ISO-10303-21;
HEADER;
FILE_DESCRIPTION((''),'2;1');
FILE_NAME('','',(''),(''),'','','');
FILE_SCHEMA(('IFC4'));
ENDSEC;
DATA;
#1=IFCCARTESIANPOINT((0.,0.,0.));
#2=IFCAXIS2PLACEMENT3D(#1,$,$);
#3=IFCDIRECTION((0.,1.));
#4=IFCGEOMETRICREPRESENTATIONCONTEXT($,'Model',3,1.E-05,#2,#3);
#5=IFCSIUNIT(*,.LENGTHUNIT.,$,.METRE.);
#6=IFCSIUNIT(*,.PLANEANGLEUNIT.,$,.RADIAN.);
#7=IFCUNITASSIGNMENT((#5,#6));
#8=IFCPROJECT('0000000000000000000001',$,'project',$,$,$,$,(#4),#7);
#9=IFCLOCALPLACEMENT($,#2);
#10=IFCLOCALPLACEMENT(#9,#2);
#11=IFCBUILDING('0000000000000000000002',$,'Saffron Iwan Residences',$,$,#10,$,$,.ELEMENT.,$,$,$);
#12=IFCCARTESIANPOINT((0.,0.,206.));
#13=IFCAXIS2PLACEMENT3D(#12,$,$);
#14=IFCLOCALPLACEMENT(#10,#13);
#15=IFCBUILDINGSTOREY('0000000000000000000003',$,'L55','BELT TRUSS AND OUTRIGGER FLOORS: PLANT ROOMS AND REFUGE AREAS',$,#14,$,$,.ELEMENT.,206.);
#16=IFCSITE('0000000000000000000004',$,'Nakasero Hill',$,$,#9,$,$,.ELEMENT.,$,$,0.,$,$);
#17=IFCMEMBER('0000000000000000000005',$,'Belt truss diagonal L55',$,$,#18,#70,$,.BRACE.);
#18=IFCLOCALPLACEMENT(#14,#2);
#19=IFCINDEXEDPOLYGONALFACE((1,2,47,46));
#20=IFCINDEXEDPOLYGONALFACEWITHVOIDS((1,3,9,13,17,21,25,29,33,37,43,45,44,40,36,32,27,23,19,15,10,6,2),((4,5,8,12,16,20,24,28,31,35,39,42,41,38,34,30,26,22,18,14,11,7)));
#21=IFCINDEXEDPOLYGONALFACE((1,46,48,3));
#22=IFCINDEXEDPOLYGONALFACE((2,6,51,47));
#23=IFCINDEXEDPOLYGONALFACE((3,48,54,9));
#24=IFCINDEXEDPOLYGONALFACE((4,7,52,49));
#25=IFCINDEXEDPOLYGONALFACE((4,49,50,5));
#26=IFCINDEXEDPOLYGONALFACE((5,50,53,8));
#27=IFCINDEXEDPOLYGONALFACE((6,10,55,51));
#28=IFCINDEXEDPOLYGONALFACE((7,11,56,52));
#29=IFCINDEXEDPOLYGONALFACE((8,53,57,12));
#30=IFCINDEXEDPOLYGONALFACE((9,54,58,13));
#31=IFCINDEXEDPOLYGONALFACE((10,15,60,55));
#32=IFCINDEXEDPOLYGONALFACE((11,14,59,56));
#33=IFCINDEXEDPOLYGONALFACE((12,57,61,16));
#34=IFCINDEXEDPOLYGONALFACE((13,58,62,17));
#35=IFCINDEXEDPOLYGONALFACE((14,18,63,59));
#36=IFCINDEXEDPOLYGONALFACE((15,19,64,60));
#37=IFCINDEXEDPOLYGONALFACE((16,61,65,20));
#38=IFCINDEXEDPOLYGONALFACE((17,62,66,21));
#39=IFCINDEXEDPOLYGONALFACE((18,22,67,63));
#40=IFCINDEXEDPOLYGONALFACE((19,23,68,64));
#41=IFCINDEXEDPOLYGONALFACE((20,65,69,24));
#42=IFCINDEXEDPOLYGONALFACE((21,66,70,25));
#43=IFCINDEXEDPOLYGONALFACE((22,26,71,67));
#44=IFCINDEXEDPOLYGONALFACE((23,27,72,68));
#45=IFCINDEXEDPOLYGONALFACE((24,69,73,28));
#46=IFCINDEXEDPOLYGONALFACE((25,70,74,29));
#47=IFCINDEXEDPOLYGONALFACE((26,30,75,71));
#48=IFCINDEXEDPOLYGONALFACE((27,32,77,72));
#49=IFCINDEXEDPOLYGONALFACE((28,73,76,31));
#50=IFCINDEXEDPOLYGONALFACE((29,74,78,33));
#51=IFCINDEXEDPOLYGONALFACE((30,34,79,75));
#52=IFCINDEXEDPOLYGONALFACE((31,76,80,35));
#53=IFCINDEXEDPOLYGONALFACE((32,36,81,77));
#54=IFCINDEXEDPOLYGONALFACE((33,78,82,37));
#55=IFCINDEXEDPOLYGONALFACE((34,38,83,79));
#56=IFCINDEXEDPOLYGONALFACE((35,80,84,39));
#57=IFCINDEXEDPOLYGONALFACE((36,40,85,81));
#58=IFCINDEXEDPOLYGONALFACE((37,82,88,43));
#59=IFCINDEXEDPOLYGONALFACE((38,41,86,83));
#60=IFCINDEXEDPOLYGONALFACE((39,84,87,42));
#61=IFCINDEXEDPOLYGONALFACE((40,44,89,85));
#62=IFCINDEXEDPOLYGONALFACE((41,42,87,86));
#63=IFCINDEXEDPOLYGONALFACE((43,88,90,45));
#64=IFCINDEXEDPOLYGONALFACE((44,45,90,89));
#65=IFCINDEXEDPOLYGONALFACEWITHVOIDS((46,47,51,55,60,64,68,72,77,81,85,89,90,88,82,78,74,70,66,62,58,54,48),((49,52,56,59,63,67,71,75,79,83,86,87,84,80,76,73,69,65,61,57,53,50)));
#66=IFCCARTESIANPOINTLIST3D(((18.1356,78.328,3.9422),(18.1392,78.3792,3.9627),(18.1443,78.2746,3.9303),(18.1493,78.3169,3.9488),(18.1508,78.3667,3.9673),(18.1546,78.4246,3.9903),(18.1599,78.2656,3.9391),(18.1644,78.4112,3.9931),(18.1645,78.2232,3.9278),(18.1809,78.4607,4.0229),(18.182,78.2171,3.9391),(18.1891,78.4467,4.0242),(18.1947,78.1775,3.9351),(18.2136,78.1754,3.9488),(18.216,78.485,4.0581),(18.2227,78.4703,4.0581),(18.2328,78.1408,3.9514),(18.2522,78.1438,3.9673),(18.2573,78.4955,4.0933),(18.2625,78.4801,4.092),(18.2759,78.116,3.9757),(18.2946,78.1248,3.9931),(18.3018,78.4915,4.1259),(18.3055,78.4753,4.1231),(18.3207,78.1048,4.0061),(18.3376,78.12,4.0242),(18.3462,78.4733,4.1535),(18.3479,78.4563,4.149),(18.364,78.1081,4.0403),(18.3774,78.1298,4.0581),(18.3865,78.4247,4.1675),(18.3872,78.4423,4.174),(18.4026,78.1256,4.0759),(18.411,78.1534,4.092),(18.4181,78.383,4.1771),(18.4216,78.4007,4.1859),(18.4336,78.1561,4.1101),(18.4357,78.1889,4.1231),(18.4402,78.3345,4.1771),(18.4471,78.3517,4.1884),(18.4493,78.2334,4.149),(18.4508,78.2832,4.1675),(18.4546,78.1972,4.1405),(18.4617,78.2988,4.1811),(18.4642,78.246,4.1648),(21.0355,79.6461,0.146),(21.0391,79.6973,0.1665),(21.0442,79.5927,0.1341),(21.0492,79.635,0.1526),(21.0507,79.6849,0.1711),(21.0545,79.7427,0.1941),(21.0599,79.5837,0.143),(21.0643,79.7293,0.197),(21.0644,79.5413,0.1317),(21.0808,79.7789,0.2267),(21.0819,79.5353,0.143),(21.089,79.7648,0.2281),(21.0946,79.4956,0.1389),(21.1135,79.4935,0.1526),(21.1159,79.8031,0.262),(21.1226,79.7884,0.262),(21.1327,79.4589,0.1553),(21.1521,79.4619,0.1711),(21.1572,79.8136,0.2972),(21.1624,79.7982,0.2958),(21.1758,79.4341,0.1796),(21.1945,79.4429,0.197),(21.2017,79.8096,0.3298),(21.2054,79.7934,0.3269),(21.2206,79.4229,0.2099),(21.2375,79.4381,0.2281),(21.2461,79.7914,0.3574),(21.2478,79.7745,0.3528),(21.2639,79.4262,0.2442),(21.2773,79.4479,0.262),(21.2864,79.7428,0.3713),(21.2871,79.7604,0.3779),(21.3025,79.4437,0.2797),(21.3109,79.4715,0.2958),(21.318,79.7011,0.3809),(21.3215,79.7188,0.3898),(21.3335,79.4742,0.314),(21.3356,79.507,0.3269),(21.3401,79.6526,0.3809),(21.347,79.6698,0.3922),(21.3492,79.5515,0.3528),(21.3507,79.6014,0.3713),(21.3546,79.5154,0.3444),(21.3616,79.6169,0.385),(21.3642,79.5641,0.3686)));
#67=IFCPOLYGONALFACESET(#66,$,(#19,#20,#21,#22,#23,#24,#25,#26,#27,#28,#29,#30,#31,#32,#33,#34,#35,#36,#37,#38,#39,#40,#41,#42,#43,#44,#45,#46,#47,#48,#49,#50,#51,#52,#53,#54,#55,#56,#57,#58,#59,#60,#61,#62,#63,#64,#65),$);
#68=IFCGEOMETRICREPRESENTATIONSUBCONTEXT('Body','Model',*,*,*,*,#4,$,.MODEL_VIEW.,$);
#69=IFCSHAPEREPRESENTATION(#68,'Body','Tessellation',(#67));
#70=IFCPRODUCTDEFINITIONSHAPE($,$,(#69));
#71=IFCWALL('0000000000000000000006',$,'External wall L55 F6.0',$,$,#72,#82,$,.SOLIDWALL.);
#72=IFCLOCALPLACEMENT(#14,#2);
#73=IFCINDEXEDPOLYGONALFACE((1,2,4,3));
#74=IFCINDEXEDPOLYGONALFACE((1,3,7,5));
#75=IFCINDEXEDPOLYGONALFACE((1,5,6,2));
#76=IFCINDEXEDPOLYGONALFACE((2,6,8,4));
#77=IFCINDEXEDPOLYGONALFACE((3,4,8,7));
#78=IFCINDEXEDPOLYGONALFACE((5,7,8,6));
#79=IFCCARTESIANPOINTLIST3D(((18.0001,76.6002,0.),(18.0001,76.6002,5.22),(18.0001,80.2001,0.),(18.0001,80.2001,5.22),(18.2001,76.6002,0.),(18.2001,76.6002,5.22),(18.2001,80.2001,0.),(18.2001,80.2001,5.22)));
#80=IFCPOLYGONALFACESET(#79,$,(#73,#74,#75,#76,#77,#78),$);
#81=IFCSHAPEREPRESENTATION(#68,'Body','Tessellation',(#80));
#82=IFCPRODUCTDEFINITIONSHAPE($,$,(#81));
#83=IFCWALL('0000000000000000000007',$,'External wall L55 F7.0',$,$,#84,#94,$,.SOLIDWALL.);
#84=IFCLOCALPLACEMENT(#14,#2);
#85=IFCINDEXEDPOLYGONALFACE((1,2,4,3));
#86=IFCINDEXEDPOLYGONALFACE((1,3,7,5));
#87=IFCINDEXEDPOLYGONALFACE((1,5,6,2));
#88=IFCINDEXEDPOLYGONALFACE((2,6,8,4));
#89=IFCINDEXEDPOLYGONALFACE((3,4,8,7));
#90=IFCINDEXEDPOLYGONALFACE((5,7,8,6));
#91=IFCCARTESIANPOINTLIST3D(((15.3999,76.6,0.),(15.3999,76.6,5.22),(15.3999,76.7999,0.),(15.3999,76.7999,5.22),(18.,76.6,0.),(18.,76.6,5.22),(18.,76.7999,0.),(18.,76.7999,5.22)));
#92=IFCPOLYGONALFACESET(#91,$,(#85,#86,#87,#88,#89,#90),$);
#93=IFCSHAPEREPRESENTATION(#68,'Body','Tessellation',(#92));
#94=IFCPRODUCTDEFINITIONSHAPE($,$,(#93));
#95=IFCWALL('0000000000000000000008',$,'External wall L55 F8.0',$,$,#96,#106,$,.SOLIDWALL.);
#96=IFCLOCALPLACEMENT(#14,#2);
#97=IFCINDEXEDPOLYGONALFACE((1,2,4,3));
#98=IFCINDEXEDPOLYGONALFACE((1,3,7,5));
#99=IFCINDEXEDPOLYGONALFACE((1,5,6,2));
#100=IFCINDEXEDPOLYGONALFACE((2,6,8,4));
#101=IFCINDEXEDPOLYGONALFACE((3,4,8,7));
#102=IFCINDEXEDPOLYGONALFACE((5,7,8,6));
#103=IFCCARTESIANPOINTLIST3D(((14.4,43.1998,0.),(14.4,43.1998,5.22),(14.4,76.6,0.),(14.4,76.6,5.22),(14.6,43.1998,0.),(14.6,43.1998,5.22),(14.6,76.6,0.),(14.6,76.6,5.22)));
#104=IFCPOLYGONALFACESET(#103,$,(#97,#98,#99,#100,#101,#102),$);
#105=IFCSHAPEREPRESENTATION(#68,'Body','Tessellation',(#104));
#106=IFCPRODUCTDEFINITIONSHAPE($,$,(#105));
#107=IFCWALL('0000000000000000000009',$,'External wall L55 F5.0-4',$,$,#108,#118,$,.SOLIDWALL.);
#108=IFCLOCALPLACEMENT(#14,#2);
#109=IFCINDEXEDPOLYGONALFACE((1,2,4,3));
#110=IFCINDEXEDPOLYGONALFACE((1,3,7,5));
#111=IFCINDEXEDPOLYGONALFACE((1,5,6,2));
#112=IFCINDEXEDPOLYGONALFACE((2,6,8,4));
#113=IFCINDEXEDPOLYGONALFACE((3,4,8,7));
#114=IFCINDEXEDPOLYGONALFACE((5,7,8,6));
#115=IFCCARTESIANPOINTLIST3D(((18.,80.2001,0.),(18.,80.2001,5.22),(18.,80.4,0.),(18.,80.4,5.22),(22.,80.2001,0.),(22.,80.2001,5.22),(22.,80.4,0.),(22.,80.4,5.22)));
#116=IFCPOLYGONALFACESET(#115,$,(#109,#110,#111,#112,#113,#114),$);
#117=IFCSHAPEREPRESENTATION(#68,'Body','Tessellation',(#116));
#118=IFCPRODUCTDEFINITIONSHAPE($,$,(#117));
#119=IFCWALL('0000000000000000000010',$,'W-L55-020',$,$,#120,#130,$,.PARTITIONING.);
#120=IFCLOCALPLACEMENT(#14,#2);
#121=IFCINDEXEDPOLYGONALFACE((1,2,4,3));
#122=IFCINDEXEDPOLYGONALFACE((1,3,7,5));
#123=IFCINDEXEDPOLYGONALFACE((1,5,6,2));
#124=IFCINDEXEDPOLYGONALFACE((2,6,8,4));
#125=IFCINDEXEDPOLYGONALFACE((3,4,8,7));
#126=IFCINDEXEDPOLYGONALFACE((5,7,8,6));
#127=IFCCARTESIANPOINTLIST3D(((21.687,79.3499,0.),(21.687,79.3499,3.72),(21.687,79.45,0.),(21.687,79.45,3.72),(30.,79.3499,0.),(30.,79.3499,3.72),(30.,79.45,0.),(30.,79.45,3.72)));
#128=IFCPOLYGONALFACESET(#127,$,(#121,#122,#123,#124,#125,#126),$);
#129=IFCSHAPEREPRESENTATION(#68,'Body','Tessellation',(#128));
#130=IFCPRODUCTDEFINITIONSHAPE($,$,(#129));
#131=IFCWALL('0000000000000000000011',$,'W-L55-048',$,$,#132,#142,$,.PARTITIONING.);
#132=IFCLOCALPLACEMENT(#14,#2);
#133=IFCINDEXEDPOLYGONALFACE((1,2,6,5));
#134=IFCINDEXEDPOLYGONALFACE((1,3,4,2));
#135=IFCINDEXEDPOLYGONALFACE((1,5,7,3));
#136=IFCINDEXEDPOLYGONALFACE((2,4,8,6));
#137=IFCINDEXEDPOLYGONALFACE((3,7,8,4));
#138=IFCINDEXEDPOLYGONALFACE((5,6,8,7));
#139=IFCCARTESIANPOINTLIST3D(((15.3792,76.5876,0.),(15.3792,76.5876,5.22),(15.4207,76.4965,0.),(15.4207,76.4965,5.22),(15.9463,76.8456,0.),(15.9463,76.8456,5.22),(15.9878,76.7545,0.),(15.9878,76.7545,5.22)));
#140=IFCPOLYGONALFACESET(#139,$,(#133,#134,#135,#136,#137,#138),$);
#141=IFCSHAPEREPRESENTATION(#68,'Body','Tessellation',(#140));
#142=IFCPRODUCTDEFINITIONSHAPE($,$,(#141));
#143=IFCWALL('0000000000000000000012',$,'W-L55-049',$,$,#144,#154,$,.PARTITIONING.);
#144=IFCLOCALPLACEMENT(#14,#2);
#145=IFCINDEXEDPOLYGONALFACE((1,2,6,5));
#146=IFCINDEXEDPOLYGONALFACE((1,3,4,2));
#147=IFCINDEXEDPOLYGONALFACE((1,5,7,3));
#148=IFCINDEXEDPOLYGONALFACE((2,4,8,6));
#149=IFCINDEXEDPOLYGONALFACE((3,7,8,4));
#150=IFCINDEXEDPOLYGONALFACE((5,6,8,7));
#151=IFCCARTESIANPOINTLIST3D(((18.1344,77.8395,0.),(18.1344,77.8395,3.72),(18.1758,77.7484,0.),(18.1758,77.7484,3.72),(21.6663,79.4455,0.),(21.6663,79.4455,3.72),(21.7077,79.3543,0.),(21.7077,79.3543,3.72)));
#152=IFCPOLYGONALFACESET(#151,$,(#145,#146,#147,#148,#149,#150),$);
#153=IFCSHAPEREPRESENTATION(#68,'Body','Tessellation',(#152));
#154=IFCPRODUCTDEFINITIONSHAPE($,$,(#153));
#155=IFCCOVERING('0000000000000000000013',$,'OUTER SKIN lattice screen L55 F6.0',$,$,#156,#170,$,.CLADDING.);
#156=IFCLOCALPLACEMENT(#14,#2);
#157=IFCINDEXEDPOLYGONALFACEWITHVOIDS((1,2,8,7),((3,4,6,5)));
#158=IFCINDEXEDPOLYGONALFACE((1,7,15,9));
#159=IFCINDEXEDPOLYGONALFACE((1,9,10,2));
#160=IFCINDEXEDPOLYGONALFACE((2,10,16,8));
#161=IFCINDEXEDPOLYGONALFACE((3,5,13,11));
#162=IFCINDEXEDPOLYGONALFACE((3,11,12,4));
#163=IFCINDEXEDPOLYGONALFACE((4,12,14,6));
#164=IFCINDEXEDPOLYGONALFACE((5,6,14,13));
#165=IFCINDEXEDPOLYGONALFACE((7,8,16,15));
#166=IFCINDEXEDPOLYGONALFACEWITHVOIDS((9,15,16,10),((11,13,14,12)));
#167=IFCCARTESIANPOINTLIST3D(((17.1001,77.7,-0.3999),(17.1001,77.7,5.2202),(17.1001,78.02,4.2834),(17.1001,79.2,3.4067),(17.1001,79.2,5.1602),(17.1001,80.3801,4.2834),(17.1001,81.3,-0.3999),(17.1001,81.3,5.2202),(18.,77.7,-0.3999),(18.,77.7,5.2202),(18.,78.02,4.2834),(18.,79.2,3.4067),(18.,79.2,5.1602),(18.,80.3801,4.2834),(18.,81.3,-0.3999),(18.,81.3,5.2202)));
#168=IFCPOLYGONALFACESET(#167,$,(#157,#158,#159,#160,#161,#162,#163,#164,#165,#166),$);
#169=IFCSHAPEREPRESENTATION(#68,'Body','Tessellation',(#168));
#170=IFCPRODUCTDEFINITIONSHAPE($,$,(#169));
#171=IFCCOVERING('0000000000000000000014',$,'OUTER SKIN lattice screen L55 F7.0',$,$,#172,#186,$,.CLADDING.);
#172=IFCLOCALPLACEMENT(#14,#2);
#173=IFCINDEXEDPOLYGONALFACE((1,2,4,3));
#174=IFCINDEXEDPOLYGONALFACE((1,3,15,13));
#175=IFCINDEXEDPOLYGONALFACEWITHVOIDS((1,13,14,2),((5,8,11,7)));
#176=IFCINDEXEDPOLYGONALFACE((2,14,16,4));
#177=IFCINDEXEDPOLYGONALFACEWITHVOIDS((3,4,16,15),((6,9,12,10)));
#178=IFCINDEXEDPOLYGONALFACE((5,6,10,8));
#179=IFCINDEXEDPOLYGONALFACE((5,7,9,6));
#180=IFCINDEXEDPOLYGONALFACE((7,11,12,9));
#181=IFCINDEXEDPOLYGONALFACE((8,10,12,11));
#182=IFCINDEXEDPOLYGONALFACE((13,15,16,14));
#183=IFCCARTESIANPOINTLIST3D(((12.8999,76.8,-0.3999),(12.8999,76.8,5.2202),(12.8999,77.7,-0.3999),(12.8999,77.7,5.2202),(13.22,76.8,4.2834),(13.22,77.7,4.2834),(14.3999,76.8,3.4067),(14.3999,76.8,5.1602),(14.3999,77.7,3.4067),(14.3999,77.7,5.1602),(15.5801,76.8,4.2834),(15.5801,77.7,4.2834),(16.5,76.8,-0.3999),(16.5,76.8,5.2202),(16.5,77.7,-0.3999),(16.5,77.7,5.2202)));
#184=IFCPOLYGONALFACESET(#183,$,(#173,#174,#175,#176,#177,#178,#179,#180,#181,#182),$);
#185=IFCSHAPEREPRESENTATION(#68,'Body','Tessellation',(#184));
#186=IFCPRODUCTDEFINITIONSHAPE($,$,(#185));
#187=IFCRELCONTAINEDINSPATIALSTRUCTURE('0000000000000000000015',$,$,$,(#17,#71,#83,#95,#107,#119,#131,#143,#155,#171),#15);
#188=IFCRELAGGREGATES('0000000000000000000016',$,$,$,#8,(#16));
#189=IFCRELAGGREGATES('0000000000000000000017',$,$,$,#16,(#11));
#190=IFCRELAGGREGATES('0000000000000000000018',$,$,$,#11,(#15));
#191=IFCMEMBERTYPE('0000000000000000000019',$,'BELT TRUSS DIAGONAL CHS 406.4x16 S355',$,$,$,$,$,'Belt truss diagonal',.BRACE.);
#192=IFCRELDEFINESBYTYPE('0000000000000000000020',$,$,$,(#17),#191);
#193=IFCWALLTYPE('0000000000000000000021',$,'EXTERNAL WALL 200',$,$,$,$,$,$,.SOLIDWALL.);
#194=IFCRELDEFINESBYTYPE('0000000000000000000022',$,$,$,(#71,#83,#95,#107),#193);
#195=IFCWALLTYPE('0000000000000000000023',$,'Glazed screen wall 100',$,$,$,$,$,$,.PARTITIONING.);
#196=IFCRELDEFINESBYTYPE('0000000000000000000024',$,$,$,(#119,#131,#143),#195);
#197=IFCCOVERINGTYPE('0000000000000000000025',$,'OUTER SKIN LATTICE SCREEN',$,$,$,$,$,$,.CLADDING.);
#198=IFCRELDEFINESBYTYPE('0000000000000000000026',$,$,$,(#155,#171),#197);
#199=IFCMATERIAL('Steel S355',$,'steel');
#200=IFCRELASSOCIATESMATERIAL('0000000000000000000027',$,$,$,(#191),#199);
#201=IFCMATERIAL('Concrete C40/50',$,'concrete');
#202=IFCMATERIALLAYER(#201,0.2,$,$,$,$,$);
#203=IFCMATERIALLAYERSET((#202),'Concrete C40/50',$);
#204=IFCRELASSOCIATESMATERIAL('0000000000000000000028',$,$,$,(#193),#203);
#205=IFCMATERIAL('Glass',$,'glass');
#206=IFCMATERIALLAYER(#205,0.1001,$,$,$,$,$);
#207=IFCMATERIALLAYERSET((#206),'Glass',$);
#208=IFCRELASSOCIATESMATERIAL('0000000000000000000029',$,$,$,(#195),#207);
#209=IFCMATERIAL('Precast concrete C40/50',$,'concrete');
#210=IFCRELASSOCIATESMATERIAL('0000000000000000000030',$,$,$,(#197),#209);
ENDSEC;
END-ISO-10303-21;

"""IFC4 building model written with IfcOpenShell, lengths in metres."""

from ifc_helpers import new_model, si_unit, direction, frame, frame_2d, origin, origin_2d, place, context, subcontext, project, spatial, polyline, rectangle, hollow_circle, outline, extrude, source, transform, mapped, material, layer, layer_set, material_profile, profile_set, type_object, element, save


model = new_model("IFC4")

# Units and contexts
model_context = context("Model", 3, precision=1e-05, world=origin(), true_north=direction((0.0, 1.0)))
body_context = subcontext(model_context, "Body", "Model", "MODEL_VIEW")
ifc_project = project(units=[si_unit("LENGTHUNIT", "METRE"), si_unit("PLANEANGLEUNIT", "RADIAN")], contexts=[model_context])

# Site, building, storey
site_placement = place(None, origin())
site = spatial("IfcSite", under=ifc_project, at=site_placement, Name="Nakasero Hill", CompositionType="ELEMENT", RefElevation=0.0)
building_placement = place(site_placement, origin())
building = spatial("IfcBuilding", under=site, at=building_placement, Name="Saffron Iwan Residences", CompositionType="ELEMENT")
storey_placement = place(building_placement, frame((0.0, 0.0, 206.0)))
storey = spatial("IfcBuildingStorey", under=building, at=storey_placement, Name="L55", Description="BELT TRUSS AND OUTRIGGER FLOORS: PLANT ROOMS AND REFUGE AREAS", CompositionType="ELEMENT", Elevation=206.0)

# Member
ifc_material_1 = material(Name="Steel S355", Category="steel")
ifc_material_profile_1 = material_profile(ifc_material_1, hollow_circle(Radius=0.2031, WallThickness=0.0161, at=origin_2d()), Name="CHS 406.4x16")
ifc_profile_set_1 = profile_set([ifc_material_profile_1], Name="Steel S355")
member_type_1 = type_object("IfcMemberType", Name="BELT TRUSS DIAGONAL CHS 406.4x16 S355", ElementType="Belt truss diagonal", PredefinedType="BRACE", material=ifc_profile_set_1)
shared_shape_1 = source(origin(), body_context, "Body", "SweptSolid", [
    extrude(hollow_circle(Radius=0.2031, WallThickness=0.0161, at=origin_2d()), origin(), (0.0, 0.0, 1.0), 4.9556),
])
member_1_placement = place(storey_placement, frame((18.3, 78.3, 4.0581), z_axis=(0.585182, 0.265987, -0.766037), x_axis=(-0.413797, 0.910369, 0.0)))
element("IfcMember", 1, at=member_1_placement, inside=storey, type_object=member_type_1, Name="Belt truss diagonal L55", PredefinedType="BRACE", context=body_context, shape_type="MappedRepresentation", body=[
    mapped(shared_shape_1, transform((0.0, 0.0, 0.0))),
])

# Walls
ifc_material_2 = material(Name="Concrete C40/50", Category="concrete")
ifc_layer_1 = layer(ifc_material_2, 0.2)
ifc_layer_set_1 = layer_set([ifc_layer_1], Name="Concrete C40/50")
wall_type_1 = type_object("IfcWallType", Name="EXTERNAL WALL 200", PredefinedType="SOLIDWALL", material=ifc_layer_set_1)
wall_1_placement = place(storey_placement, frame((18.1001, 80.2, 0.0), z_axis=(0.0, 0.0, 1.0), x_axis=(0.0, -1.0, 0.0)))
element("IfcWall", 2, at=wall_1_placement, inside=storey, type_object=wall_type_1, Name="External wall L55 F6.0", PredefinedType="SOLIDWALL", context=body_context, shape_type="SweptSolid", body=[
    extrude(rectangle(XDim=3.5999, YDim=0.2, at=frame_2d((1.7998, 0.0))), origin(), (0.0, 0.0, 1.0), 5.22),
])
wall_2_placement = place(storey_placement, frame((18.0, 76.7, 0.0), z_axis=(0.0, 0.0, 1.0), x_axis=(-1.0, 0.0, 0.0)))
element("IfcWall", 3, at=wall_2_placement, inside=storey, type_object=wall_type_1, Name="External wall L55 F7.0", PredefinedType="SOLIDWALL", context=body_context, shape_type="SweptSolid", body=[
    extrude(rectangle(XDim=2.6001, YDim=0.2, at=frame_2d((1.3, 0.0))), origin(), (0.0, 0.0, 1.0), 5.22),
])
wall_3_placement = place(storey_placement, frame((14.5, 76.6001, 0.0), z_axis=(0.0, 0.0, 1.0), x_axis=(0.0, -1.0, 0.0)))
element("IfcWall", 4, at=wall_3_placement, inside=storey, type_object=wall_type_1, Name="External wall L55 F8.0", PredefinedType="SOLIDWALL", context=body_context, shape_type="SweptSolid", body=[
    extrude(rectangle(XDim=33.4001, YDim=0.2, at=frame_2d((16.7002, 0.0))), origin(), (0.0, 0.0, 1.0), 5.22),
])
wall_4_placement = place(storey_placement, frame((22.0, 80.3, 0.0), z_axis=(0.0, 0.0, 1.0), x_axis=(-1.0, 0.0, 0.0)))
element("IfcWall", 5, at=wall_4_placement, inside=storey, type_object=wall_type_1, Name="External wall L55 F5.0-4", PredefinedType="SOLIDWALL", context=body_context, shape_type="SweptSolid", body=[
    extrude(rectangle(XDim=4.0, YDim=0.2, at=frame_2d((2.0, 0.0))), origin(), (0.0, 0.0, 1.0), 5.22),
])
ifc_material_3 = material(Name="Glass", Category="glass")
ifc_layer_2 = layer(ifc_material_3, 0.1001)
ifc_layer_set_2 = layer_set([ifc_layer_2], Name="Glass")
wall_type_2 = type_object("IfcWallType", Name="Glazed screen wall 100", PredefinedType="PARTITIONING", material=ifc_layer_set_2)
wall_5_placement = place(storey_placement, frame((21.687, 79.3999, 0.0), z_axis=(0.0, 0.0, 1.0), x_axis=(1.0, 0.0, 0.0)))
element("IfcWall", 6, at=wall_5_placement, inside=storey, type_object=wall_type_2, Name="W-L55-020", PredefinedType="PARTITIONING", context=body_context, shape_type="SweptSolid", body=[
    extrude(rectangle(XDim=8.313, YDim=0.1001, at=frame_2d((4.1565, 0.0))), origin(), (0.0, 0.0, 1.0), 3.72),
])
wall_6_placement = place(storey_placement, frame((15.967, 76.8, 0.0), z_axis=(0.0, 0.0, 1.0), x_axis=(-0.910205, -0.414157, 0.0)))
element("IfcWall", 7, at=wall_6_placement, inside=storey, type_object=wall_type_2, Name="W-L55-048", PredefinedType="PARTITIONING", context=body_context, shape_type="SweptSolid", body=[
    extrude(rectangle(XDim=0.623, YDim=0.1001, at=frame_2d((0.3115, 0.0))), origin(), (0.0, 0.0, 1.0), 5.22),
])
wall_7_placement = place(storey_placement, frame((21.687, 79.3999, 0.0), z_axis=(0.0, 0.0, 1.0), x_axis=(-0.910317, -0.413912, 0.0)))
element("IfcWall", 8, at=wall_7_placement, inside=storey, type_object=wall_type_2, Name="W-L55-049", PredefinedType="PARTITIONING", context=body_context, shape_type="SweptSolid", body=[
    extrude(rectangle(XDim=3.8799, YDim=0.1001, at=frame_2d((1.9399, 0.0))), origin(), (0.0, 0.0, 1.0), 3.72),
])

# Coverings
ifc_material_4 = material(Name="Precast concrete C40/50", Category="concrete")
covering_type = type_object("IfcCoveringType", Name="OUTER SKIN LATTICE SCREEN", PredefinedType="CLADDING", material=ifc_material_4)
for number, where, z_axis, x_axis, name in (
    (9, (18.0, 81.3, -0.3999), (-1.0, 0.0, 0.0), (0.0, -1.0, 0.0), "OUTER SKIN lattice screen L55 F6.0"),
    (10, (16.5, 76.8, -0.3999), (0.0, 1.0, 0.0), (-1.0, 0.0, 0.0), "OUTER SKIN lattice screen L55 F7.0"),
):
    element("IfcCovering", number, at=place(storey_placement, frame(where, z_axis=z_axis, x_axis=x_axis)), inside=storey, type_object=covering_type, Name=name, PredefinedType="CLADDING", context=body_context, shape_type="SweptSolid", body=[
        extrude(outline(polyline([(0.0, 0.0), (3.6001, 0.0), (3.6001, 5.6201), (0.0, 5.6201), (0.0, 0.0)]), holes=[polyline([(0.9199, 4.6833), (2.1001, 3.8066), (3.28, 4.6833), (2.1001, 5.5601), (0.9199, 4.6833)])]), origin(), (0.0, 0.0, 1.0), 0.8999),
    ])

save(model, "model.ifc")
